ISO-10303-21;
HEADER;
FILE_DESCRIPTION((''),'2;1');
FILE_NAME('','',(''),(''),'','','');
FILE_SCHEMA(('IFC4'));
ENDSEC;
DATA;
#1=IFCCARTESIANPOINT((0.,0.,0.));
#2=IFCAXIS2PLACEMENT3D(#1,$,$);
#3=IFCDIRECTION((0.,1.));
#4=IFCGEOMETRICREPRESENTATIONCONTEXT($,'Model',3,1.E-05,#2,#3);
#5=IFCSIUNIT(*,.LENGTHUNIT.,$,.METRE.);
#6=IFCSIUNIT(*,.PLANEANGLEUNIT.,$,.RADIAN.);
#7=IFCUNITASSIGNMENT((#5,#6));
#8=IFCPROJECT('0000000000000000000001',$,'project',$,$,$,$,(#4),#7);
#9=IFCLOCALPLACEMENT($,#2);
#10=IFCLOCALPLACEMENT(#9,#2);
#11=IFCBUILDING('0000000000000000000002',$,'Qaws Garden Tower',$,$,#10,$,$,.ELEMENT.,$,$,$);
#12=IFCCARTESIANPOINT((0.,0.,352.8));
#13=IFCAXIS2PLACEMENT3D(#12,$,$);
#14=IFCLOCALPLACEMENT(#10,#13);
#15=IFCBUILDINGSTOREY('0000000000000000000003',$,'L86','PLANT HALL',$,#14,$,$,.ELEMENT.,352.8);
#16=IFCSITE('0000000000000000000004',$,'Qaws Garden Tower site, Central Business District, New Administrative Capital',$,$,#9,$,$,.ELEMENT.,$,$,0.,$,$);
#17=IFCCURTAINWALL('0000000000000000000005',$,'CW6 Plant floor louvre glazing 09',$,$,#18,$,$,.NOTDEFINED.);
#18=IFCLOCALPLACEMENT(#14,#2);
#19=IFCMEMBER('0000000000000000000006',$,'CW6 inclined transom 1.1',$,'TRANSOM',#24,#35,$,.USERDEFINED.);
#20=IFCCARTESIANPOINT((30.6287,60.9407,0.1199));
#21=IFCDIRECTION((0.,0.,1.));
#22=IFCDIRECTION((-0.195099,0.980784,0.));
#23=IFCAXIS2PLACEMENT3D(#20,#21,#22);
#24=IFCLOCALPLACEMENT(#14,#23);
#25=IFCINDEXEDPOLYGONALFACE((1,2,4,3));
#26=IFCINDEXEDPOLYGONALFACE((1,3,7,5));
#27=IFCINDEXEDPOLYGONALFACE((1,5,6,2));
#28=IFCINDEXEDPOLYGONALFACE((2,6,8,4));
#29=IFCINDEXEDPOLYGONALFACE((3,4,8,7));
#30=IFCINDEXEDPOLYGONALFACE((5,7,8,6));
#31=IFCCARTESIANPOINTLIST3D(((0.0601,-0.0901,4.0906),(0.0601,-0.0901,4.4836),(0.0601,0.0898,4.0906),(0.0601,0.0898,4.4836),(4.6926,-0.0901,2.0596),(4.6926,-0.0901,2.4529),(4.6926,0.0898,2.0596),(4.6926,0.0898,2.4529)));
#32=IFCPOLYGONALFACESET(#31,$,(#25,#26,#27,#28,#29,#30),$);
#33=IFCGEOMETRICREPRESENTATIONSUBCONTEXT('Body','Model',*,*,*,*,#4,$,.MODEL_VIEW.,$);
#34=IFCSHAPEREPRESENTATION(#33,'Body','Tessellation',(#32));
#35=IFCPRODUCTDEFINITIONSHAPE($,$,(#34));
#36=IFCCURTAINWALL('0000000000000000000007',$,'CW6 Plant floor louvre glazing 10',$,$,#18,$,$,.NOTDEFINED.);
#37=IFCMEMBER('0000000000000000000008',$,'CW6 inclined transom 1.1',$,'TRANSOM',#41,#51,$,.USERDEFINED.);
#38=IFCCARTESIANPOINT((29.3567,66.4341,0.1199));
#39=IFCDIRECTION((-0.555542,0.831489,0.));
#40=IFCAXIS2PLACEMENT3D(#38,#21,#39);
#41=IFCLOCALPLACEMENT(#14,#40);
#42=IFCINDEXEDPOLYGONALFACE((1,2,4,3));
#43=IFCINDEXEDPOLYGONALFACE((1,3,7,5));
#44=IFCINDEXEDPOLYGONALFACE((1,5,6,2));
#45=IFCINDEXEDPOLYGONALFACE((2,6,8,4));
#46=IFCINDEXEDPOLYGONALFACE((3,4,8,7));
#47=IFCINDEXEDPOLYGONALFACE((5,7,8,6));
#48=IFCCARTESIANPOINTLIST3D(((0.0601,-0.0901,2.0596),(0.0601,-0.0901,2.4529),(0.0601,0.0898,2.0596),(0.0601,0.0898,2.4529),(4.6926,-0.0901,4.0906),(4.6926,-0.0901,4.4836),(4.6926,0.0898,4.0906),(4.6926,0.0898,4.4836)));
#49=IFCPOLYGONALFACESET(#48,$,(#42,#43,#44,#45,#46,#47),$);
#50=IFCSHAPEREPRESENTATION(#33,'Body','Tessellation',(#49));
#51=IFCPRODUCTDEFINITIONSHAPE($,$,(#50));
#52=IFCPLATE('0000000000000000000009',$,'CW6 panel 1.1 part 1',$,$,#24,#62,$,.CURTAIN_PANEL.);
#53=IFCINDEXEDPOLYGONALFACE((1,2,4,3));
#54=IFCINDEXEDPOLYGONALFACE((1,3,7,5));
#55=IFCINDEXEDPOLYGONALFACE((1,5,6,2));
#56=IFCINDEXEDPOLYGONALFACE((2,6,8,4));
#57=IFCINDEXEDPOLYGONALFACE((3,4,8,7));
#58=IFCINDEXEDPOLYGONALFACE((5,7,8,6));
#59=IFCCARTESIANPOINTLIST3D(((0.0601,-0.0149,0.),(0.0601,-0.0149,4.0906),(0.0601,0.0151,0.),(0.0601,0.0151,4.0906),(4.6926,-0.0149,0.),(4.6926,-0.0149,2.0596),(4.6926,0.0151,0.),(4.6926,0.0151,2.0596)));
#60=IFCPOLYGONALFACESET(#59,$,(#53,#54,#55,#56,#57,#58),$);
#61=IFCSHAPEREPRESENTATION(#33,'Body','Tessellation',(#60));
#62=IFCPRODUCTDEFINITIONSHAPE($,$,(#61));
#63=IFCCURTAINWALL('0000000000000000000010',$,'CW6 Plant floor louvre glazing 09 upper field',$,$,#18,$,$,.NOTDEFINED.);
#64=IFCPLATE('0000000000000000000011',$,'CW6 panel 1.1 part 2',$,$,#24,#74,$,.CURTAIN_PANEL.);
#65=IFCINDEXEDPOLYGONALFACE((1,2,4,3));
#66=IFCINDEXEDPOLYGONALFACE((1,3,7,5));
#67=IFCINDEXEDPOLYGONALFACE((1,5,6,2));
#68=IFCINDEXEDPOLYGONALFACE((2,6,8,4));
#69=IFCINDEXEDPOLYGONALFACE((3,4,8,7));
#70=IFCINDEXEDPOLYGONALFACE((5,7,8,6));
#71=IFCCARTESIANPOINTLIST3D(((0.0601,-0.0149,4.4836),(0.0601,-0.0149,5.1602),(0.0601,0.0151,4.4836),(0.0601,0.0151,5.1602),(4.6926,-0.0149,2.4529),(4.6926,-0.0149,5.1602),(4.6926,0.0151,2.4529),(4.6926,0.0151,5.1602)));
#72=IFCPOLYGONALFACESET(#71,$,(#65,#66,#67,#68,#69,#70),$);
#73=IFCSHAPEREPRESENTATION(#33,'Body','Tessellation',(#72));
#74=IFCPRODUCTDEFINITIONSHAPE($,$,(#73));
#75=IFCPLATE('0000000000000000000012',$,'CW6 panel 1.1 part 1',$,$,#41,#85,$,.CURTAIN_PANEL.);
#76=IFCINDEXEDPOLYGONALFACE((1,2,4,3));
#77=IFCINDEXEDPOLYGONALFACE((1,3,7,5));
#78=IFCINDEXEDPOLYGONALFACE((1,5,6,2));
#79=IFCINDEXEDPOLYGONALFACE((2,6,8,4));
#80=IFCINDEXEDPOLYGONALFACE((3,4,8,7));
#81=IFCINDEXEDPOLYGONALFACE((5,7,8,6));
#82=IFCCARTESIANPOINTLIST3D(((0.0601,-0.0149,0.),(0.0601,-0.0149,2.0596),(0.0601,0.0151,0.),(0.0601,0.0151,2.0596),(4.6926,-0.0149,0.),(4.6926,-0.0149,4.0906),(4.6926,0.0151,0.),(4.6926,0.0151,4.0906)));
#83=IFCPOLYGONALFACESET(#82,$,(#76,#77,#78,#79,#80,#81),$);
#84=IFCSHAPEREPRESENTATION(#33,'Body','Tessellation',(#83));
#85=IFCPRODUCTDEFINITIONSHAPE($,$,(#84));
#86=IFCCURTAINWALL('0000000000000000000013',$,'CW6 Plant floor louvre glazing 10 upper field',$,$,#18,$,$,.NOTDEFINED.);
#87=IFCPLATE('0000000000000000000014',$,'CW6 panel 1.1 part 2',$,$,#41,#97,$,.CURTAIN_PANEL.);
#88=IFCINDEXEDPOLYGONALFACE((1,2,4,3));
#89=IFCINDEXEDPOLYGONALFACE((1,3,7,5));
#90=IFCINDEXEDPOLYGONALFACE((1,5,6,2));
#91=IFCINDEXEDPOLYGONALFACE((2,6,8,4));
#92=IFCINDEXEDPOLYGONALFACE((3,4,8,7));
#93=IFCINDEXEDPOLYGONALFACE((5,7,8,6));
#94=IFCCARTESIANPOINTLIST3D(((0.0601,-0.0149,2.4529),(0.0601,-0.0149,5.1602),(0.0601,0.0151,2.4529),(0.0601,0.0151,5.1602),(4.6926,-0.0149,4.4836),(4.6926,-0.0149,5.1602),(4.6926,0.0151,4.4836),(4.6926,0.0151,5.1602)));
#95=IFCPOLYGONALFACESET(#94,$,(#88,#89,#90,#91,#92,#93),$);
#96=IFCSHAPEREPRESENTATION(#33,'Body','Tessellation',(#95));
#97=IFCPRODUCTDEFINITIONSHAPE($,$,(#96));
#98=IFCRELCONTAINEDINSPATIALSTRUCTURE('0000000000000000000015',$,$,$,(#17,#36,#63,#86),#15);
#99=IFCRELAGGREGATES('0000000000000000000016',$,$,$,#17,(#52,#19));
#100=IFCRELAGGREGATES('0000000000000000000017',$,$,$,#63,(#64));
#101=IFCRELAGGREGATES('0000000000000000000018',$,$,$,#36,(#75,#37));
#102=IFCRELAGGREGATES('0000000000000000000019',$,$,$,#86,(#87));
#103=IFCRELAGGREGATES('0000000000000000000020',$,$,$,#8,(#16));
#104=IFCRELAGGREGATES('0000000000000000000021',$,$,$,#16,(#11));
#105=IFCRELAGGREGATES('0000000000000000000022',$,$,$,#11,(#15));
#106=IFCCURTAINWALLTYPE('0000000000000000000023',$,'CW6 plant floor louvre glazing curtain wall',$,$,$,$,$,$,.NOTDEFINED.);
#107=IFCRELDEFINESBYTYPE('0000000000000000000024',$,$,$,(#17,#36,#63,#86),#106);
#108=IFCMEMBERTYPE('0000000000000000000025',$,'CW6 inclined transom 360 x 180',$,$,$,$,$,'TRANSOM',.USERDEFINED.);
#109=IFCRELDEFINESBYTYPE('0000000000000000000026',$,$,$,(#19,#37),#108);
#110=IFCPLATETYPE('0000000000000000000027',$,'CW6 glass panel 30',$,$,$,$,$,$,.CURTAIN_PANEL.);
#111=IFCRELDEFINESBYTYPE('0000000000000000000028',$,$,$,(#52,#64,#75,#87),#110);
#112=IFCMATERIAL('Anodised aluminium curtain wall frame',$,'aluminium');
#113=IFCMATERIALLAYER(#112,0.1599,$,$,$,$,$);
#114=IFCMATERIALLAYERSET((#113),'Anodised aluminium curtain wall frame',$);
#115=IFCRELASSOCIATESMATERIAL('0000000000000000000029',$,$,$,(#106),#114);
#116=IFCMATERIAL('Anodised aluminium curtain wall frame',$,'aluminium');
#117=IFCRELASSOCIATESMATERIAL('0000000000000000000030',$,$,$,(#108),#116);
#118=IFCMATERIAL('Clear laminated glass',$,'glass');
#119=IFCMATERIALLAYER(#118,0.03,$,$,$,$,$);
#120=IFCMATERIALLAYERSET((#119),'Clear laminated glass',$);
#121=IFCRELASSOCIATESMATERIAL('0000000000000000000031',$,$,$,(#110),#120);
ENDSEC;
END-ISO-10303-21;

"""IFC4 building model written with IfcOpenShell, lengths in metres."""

from ifc_helpers import new_model, si_unit, direction, frame, origin, origin_2d, place, context, subcontext, project, spatial, polyline, rectangle, outline, extrude, material, layer, layer_set, material_profile, profile_set, type_object, element, aggregate, save


model = new_model("IFC4")

# Units and contexts
model_context = context("Model", 3, precision=1e-05, world=origin(), true_north=direction((0.0, 1.0)))
body_context = subcontext(model_context, "Body", "Model", "MODEL_VIEW")
ifc_project = project(units=[si_unit("LENGTHUNIT", "METRE"), si_unit("PLANEANGLEUNIT", "RADIAN")], contexts=[model_context])

# Site, building, storey
site_placement = place(None, origin())
site = spatial("IfcSite", under=ifc_project, at=site_placement, Name="Qaws Garden Tower site, Central Business District, New Administrative Capital", CompositionType="ELEMENT", RefElevation=0.0)
building_placement = place(site_placement, origin())
building = spatial("IfcBuilding", under=site, at=building_placement, Name="Qaws Garden Tower", CompositionType="ELEMENT")
storey_placement = place(building_placement, frame((0.0, 0.0, 352.8)))
storey = spatial("IfcBuildingStorey", under=building, at=storey_placement, Name="L86", Description="PLANT HALL", CompositionType="ELEMENT", Elevation=352.8)

# Curtain walls, members
ifc_material_1 = material(Name="Anodised aluminium curtain wall frame", Category="aluminium")
ifc_layer_1 = layer(ifc_material_1, 0.1599)
ifc_layer_set_1 = layer_set([ifc_layer_1], Name="Anodised aluminium curtain wall frame")
curtain_wall_type = type_object("IfcCurtainWallType", Name="CW6 plant floor louvre glazing curtain wall", PredefinedType="NOTDEFINED", material=ifc_layer_set_1)
placement_1 = place(storey_placement, origin())
curtain_wall_1 = element("IfcCurtainWall", 1, at=placement_1, inside=storey, type_object=curtain_wall_type, Name="CW6 Plant floor louvre glazing 09", PredefinedType="NOTDEFINED")
ifc_material_2 = material(Name="Anodised aluminium curtain wall frame", Category="aluminium")
ifc_material_profile_1 = material_profile(ifc_material_2, rectangle(XDim=0.1799, YDim=0.3601, at=origin_2d()), Name="AL 180x360")
ifc_profile_set_1 = profile_set([ifc_material_profile_1], Name="Anodised aluminium curtain wall frame")
member_type_1 = type_object("IfcMemberType", Name="CW6 inclined transom 360 x 180", ElementType="TRANSOM", PredefinedType="USERDEFINED", material=ifc_profile_set_1)
placement_2 = place(storey_placement, frame((30.6287, 60.9407, 0.1199), z_axis=(0.0, 0.0, 1.0), x_axis=(-0.195099, 0.980784, 0.0)))
member_1 = element("IfcMember", 2, at=placement_2, type_object=member_type_1, Name="CW6 inclined transom 1.1", ObjectType="TRANSOM", PredefinedType="USERDEFINED", context=body_context, shape_type="SweptSolid", body=[
    extrude(outline(polyline([(0.0601, 4.0906), (4.6926, 2.0596), (4.6926, 2.4529), (0.0601, 4.4836), (0.0601, 4.0906)])), frame((0.0, 0.0898, 0.0), z_axis=(0.0, -1.0, 0.0), x_axis=(1.0, 0.0, 0.0)), (0.0, 0.0, 1.0), 0.1799),
])
curtain_wall_2 = element("IfcCurtainWall", 3, at=placement_1, inside=storey, type_object=curtain_wall_type, Name="CW6 Plant floor louvre glazing 10", PredefinedType="NOTDEFINED")
placement_3 = place(storey_placement, frame((29.3567, 66.4341, 0.1199), z_axis=(0.0, 0.0, 1.0), x_axis=(-0.555542, 0.831489, 0.0)))
member_2 = element("IfcMember", 4, at=placement_3, type_object=member_type_1, Name="CW6 inclined transom 1.1", ObjectType="TRANSOM", PredefinedType="USERDEFINED", context=body_context, shape_type="SweptSolid", body=[
    extrude(outline(polyline([(0.0601, 2.0596), (4.6926, 4.0906), (4.6926, 4.4836), (0.0601, 2.4529), (0.0601, 2.0596)])), frame((0.0, 0.0898, 0.0), z_axis=(0.0, -1.0, 0.0), x_axis=(1.0, 0.0, 0.0)), (0.0, 0.0, 1.0), 0.1799),
])

# Plate
ifc_material_3 = material(Name="Clear laminated glass", Category="glass")
ifc_layer_2 = layer(ifc_material_3, 0.03)
ifc_layer_set_2 = layer_set([ifc_layer_2], Name="Clear laminated glass")
plate_type = type_object("IfcPlateType", Name="CW6 glass panel 30", PredefinedType="CURTAIN_PANEL", material=ifc_layer_set_2)
plate_1 = element("IfcPlate", 5, at=placement_2, type_object=plate_type, Name="CW6 panel 1.1 part 1", PredefinedType="CURTAIN_PANEL", context=body_context, shape_type="SweptSolid", body=[
    extrude(outline(polyline([(4.6926, 0.0), (4.6926, 2.0596), (0.0601, 4.0906), (0.0601, 0.0), (4.6926, 0.0)])), frame((0.0, 0.0151, 0.0), z_axis=(0.0, -1.0, 0.0), x_axis=(1.0, 0.0, 0.0)), (0.0, 0.0, 1.0), 0.03),
])
aggregate(curtain_wall_1, [plate_1, member_1])

# Curtain wall, plate
curtain_wall_3 = element("IfcCurtainWall", 6, at=placement_1, inside=storey, type_object=curtain_wall_type, Name="CW6 Plant floor louvre glazing 09 upper field", PredefinedType="NOTDEFINED")
plate_2 = element("IfcPlate", 7, at=placement_2, type_object=plate_type, Name="CW6 panel 1.1 part 2", PredefinedType="CURTAIN_PANEL", context=body_context, shape_type="SweptSolid", body=[
    extrude(outline(polyline([(0.0601, 5.1602), (0.0601, 4.4836), (4.6926, 2.4529), (4.6926, 5.1602), (0.0601, 5.1602)])), frame((0.0, 0.0151, 0.0), z_axis=(0.0, -1.0, 0.0), x_axis=(1.0, 0.0, 0.0)), (0.0, 0.0, 1.0), 0.03),
])
aggregate(curtain_wall_3, [plate_2])

# Plate
plate_3 = element("IfcPlate", 8, at=placement_3, type_object=plate_type, Name="CW6 panel 1.1 part 1", PredefinedType="CURTAIN_PANEL", context=body_context, shape_type="SweptSolid", body=[
    extrude(outline(polyline([(4.6926, 0.0), (4.6926, 4.0906), (0.0601, 2.0596), (0.0601, 0.0), (4.6926, 0.0)])), frame((0.0, 0.0151, 0.0), z_axis=(0.0, -1.0, 0.0), x_axis=(1.0, 0.0, 0.0)), (0.0, 0.0, 1.0), 0.03),
])
aggregate(curtain_wall_2, [plate_3, member_2])

# Curtain wall, plate
curtain_wall_4 = element("IfcCurtainWall", 9, at=placement_1, inside=storey, type_object=curtain_wall_type, Name="CW6 Plant floor louvre glazing 10 upper field", PredefinedType="NOTDEFINED")
plate_4 = element("IfcPlate", 10, at=placement_3, type_object=plate_type, Name="CW6 panel 1.1 part 2", PredefinedType="CURTAIN_PANEL", context=body_context, shape_type="SweptSolid", body=[
    extrude(outline(polyline([(0.0601, 5.1602), (0.0601, 2.4529), (4.6926, 4.4836), (4.6926, 5.1602), (0.0601, 5.1602)])), frame((0.0, 0.0151, 0.0), z_axis=(0.0, -1.0, 0.0), x_axis=(1.0, 0.0, 0.0)), (0.0, 0.0, 1.0), 0.03),
])
aggregate(curtain_wall_4, [plate_4])

save(model, "model.ifc")
